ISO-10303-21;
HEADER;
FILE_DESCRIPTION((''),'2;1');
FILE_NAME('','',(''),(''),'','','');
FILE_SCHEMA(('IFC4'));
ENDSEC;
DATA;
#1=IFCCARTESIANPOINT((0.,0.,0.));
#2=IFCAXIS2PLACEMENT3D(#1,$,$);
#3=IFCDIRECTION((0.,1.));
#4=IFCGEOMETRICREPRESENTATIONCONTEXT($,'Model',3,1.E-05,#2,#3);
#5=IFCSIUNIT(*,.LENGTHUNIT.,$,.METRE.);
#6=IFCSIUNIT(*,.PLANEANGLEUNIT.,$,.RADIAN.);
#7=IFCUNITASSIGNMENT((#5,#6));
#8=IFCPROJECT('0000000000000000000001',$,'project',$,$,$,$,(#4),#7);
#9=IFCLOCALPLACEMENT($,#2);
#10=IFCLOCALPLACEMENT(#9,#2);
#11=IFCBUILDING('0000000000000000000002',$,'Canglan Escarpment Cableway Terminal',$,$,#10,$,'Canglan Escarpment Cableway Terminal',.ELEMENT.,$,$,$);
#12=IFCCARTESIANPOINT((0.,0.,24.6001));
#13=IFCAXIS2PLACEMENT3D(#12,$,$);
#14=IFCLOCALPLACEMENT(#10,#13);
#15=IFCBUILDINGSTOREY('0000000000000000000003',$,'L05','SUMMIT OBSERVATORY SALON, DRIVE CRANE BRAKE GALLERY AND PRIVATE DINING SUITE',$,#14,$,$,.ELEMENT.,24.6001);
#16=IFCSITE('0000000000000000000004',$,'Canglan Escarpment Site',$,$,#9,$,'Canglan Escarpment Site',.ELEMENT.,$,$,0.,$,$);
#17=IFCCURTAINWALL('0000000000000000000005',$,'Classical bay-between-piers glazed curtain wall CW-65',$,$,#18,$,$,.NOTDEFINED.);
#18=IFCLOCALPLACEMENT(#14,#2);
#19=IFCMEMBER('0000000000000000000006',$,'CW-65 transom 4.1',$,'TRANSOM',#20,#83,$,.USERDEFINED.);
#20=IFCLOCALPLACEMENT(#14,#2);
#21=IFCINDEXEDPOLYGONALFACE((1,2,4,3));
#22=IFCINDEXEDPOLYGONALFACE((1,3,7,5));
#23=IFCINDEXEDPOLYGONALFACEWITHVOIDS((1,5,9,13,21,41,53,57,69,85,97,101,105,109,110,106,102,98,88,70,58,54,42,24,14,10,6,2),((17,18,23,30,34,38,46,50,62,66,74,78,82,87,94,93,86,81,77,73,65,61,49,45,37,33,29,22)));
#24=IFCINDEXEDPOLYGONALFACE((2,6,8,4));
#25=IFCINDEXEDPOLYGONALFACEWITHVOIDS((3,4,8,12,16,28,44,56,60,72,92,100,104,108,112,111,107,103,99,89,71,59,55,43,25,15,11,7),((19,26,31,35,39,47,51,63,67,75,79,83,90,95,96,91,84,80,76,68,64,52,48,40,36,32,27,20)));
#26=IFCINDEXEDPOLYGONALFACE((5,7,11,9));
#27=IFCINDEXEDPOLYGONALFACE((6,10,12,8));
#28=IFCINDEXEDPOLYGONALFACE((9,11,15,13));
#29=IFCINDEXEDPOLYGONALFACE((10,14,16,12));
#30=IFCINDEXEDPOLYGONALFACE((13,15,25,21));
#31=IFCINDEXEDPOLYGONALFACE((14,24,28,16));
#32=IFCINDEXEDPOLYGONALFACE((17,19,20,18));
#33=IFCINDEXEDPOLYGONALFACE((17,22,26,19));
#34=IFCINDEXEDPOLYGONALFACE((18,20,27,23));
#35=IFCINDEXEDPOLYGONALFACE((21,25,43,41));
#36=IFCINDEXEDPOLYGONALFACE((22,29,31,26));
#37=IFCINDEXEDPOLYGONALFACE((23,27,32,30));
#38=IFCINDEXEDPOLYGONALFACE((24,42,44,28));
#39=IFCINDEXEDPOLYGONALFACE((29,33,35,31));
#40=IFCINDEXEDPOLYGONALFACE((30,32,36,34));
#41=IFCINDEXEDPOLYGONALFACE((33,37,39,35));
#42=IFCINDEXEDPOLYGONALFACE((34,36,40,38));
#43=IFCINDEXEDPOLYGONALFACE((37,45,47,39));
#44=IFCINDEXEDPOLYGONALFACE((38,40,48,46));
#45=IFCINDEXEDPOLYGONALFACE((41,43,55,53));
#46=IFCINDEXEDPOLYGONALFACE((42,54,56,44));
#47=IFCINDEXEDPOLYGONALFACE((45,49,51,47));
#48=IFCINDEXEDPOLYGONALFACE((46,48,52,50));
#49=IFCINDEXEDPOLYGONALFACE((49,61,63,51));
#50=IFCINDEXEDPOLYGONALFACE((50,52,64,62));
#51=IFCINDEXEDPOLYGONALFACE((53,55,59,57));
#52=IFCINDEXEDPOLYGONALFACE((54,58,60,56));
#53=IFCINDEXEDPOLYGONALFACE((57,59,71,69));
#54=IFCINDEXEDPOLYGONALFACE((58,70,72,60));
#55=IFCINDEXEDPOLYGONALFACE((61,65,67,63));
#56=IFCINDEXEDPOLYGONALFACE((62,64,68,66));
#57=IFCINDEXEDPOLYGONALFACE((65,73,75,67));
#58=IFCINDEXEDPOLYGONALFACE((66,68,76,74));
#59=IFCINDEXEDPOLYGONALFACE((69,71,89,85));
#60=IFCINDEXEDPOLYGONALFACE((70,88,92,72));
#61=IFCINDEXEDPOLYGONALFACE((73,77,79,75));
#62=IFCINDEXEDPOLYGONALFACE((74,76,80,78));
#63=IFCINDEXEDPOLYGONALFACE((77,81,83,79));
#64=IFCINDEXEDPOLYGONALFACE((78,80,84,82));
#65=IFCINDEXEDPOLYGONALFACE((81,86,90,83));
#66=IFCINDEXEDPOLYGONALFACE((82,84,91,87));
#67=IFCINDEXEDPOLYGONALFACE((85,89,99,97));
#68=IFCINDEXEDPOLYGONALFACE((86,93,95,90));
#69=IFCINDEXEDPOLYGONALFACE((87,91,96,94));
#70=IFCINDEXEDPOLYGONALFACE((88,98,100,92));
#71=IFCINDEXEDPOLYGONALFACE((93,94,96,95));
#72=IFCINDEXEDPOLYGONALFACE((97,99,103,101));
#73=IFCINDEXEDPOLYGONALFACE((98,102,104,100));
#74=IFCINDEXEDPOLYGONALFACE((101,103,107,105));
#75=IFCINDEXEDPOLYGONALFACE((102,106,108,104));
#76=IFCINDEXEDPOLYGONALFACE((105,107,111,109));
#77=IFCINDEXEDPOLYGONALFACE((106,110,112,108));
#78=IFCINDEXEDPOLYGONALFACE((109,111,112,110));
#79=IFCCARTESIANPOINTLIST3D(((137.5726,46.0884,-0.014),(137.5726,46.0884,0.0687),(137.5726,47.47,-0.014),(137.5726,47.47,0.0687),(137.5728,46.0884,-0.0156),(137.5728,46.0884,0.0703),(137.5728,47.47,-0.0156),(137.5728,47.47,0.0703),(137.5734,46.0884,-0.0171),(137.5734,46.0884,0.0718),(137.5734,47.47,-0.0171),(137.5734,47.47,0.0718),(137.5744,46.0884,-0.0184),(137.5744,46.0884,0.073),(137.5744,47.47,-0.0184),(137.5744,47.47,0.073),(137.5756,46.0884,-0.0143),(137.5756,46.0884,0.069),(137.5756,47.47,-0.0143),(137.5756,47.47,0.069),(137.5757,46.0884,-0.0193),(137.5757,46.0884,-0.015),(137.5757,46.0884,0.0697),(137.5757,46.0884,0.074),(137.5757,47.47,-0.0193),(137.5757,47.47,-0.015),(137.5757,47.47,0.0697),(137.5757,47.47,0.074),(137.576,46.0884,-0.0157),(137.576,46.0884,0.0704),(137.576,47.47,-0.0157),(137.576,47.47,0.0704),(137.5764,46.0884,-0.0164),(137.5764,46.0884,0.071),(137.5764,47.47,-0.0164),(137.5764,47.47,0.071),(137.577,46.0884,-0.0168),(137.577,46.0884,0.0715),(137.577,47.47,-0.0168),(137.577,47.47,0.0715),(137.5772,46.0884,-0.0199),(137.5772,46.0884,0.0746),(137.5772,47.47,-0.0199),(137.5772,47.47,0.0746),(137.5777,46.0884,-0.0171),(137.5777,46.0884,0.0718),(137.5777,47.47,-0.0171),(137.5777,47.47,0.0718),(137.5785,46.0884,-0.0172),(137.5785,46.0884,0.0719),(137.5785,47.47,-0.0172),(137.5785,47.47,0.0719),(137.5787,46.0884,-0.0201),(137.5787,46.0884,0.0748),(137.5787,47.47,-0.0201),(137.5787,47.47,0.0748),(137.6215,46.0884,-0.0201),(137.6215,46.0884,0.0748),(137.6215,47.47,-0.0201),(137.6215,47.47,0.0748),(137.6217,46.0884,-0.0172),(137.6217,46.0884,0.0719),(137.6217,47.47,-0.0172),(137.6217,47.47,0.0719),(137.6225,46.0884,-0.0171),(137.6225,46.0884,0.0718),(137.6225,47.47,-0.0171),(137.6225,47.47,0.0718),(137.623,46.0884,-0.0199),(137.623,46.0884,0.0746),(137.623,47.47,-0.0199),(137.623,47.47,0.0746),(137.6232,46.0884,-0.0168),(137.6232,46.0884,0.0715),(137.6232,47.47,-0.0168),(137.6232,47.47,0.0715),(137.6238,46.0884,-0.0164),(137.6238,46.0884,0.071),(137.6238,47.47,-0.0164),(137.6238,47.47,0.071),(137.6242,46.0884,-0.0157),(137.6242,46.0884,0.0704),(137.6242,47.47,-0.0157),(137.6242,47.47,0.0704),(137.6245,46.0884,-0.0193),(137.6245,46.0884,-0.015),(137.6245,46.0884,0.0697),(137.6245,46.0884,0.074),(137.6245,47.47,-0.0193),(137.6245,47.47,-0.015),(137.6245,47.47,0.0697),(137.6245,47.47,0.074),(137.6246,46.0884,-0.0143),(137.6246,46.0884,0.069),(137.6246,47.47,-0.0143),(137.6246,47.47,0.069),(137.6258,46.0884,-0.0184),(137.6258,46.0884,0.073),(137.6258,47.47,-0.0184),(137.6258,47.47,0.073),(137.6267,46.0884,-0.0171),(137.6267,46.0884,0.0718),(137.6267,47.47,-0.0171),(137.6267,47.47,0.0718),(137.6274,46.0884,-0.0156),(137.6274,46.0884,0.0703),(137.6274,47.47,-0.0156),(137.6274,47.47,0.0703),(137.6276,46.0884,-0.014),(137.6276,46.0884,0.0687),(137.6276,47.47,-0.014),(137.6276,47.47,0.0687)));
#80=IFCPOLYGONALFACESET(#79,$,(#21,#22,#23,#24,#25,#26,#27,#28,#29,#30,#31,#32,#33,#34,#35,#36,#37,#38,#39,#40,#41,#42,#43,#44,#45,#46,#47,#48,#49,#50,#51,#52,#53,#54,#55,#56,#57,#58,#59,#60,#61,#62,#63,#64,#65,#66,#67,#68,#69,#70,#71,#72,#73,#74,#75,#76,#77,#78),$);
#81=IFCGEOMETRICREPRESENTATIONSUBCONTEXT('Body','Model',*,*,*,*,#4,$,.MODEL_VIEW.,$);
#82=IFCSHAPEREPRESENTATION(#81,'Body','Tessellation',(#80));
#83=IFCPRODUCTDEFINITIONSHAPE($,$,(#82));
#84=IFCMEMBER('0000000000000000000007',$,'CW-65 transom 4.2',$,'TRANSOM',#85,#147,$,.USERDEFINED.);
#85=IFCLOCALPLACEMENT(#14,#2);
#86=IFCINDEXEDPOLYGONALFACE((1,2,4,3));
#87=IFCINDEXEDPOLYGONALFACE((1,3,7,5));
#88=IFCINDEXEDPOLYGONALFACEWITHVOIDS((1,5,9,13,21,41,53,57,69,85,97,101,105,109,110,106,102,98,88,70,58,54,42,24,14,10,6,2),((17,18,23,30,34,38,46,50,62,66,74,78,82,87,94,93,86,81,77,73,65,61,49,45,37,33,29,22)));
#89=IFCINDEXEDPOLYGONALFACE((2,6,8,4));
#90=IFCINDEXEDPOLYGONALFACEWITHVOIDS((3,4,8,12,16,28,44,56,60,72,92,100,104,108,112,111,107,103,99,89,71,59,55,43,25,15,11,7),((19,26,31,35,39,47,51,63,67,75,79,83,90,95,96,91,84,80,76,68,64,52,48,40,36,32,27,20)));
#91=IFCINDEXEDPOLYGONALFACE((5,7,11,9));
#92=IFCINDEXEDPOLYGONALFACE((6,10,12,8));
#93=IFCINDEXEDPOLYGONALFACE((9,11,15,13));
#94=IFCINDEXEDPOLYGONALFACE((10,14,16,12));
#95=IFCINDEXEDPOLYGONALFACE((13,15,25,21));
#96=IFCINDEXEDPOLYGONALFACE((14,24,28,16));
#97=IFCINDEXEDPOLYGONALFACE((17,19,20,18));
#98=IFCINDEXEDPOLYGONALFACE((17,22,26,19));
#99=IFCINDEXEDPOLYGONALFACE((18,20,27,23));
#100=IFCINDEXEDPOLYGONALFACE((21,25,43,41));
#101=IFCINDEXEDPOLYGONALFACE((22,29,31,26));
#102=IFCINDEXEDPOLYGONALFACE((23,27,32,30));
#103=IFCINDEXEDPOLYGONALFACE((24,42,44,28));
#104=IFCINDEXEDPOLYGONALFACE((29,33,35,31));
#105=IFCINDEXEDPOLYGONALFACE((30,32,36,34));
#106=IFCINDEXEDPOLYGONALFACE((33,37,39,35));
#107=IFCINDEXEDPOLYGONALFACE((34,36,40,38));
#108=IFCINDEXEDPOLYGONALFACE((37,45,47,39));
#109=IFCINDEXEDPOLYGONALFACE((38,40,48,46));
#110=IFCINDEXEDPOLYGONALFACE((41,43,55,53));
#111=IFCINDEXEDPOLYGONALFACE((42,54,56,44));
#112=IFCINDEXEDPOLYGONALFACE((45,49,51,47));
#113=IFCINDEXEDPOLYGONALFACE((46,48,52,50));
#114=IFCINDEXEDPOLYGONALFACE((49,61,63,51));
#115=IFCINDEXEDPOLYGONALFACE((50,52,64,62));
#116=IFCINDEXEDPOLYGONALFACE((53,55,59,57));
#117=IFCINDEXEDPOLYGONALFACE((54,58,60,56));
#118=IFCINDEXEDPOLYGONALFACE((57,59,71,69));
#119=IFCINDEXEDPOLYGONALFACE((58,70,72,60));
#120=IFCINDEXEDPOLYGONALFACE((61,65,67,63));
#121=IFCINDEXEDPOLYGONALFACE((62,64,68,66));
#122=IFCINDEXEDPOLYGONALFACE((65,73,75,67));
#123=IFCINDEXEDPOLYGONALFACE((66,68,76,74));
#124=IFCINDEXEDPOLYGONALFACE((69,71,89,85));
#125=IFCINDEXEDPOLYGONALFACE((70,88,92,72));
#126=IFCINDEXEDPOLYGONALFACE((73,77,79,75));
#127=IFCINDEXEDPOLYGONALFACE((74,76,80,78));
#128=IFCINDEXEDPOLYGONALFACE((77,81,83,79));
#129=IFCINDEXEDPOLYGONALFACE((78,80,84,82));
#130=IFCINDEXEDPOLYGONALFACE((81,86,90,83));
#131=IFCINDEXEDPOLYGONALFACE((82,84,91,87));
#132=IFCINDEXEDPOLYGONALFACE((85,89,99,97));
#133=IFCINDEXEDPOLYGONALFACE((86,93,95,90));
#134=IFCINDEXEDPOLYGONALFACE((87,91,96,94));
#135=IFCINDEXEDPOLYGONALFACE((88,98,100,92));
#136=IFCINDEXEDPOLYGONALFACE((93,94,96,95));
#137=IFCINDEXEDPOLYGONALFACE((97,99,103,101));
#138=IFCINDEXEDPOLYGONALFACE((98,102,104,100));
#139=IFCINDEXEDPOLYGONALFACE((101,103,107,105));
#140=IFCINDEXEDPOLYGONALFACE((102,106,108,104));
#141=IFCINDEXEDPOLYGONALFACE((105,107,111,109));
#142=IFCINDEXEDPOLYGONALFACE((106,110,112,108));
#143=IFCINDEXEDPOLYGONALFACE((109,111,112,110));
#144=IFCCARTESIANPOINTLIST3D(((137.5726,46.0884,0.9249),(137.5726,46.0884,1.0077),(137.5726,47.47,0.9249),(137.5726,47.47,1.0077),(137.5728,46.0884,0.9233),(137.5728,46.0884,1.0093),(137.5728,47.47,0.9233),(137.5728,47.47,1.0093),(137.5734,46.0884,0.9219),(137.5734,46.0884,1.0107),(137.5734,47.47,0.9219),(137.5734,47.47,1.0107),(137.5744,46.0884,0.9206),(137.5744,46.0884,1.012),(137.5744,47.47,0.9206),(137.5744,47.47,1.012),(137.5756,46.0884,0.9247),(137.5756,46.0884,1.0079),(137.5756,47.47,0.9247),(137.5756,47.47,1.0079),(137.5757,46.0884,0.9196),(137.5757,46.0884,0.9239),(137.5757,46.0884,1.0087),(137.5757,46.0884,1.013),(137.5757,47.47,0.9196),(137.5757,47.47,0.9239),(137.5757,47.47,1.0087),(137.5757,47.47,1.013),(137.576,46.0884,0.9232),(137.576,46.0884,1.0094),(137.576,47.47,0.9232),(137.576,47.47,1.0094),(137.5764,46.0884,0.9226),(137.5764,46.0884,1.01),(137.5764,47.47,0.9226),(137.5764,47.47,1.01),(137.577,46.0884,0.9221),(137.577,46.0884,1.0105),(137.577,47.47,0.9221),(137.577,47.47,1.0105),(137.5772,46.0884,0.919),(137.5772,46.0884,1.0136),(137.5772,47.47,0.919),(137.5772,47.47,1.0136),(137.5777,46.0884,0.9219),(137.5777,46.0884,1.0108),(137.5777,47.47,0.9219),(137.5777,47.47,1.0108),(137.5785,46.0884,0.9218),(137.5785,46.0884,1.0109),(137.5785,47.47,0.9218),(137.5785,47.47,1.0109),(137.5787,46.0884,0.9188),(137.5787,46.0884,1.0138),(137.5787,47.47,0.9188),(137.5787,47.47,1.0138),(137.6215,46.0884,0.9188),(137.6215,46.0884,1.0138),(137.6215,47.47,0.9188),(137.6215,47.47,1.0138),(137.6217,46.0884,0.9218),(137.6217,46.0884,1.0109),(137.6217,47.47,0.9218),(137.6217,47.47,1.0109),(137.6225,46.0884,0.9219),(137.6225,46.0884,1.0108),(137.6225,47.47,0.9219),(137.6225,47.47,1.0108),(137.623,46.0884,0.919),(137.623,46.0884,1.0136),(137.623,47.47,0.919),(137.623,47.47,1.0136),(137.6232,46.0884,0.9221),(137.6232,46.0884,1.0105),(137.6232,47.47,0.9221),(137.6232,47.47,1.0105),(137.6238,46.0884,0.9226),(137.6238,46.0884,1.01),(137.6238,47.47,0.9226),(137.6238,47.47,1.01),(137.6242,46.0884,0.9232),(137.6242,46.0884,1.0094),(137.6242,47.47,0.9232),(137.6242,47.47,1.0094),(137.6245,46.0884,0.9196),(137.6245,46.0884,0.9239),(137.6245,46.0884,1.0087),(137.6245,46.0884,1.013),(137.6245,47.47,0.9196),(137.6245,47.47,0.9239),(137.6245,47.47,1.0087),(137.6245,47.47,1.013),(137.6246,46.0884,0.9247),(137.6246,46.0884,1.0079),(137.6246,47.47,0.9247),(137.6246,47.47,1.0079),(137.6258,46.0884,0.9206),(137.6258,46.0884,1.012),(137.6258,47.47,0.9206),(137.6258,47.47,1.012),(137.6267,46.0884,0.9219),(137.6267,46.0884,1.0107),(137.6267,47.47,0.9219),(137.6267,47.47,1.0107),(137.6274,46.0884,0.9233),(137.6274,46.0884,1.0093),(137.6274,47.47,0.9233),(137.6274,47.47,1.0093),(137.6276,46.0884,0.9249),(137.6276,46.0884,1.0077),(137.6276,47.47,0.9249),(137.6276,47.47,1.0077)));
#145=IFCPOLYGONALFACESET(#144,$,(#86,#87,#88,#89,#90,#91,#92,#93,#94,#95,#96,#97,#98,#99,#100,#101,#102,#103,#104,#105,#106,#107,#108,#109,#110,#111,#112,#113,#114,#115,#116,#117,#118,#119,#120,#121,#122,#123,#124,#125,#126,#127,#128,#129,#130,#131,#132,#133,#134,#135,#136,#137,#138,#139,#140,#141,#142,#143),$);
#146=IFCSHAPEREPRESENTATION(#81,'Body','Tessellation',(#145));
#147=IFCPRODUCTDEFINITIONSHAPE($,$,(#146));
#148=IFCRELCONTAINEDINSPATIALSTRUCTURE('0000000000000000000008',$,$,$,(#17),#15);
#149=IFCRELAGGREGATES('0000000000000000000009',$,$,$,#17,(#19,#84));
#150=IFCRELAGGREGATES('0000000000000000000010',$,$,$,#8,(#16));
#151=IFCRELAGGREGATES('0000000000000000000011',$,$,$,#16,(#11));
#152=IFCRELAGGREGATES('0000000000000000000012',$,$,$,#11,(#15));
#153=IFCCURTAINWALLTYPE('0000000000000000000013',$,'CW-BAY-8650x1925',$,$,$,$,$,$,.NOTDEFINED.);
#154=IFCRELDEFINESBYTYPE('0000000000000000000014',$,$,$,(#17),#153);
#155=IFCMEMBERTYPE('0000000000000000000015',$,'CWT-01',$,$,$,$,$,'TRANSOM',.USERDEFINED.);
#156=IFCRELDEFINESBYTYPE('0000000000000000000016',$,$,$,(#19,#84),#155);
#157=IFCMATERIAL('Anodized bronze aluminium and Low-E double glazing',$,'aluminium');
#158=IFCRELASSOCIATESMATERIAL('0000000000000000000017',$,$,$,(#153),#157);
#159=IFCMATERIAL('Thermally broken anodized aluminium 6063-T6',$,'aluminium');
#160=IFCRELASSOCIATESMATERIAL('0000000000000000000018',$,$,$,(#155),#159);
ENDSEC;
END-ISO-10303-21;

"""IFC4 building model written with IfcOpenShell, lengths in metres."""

from ifc_helpers import new_model, si_unit, direction, frame, origin, origin_2d, place, context, subcontext, project, spatial, hollow_rectangle, extrude, material, material_profile, profile_set, type_object, element, aggregate, save


model = new_model("IFC4")

# Units and contexts
model_context = context("Model", 3, precision=1e-05, world=origin(), true_north=direction((0.0, 1.0)))
body_context = subcontext(model_context, "Body", "Model", "MODEL_VIEW")
ifc_project = project(units=[si_unit("LENGTHUNIT", "METRE"), si_unit("PLANEANGLEUNIT", "RADIAN")], contexts=[model_context])

# Site, building, storey
site_placement = place(None, origin())
site = spatial("IfcSite", under=ifc_project, at=site_placement, Name="Canglan Escarpment Site", LongName="Canglan Escarpment Site", CompositionType="ELEMENT", RefElevation=0.0)
building_placement = place(site_placement, origin())
building = spatial("IfcBuilding", under=site, at=building_placement, Name="Canglan Escarpment Cableway Terminal", LongName="Canglan Escarpment Cableway Terminal", CompositionType="ELEMENT")
storey_placement = place(building_placement, frame((0.0, 0.0, 24.6001)))
storey = spatial("IfcBuildingStorey", under=building, at=storey_placement, Name="L05", Description="SUMMIT OBSERVATORY SALON, DRIVE CRANE BRAKE GALLERY AND PRIVATE DINING SUITE", CompositionType="ELEMENT", Elevation=24.6001)

# Curtain wall
ifc_material_1 = material(Name="Anodized bronze aluminium and Low-E double glazing", Category="aluminium")
curtain_wall_type_1 = type_object("IfcCurtainWallType", Name="CW-BAY-8650x1925", PredefinedType="NOTDEFINED", material=ifc_material_1)
curtain_wall_1_placement = place(storey_placement, origin())
curtain_wall_1 = element("IfcCurtainWall", 1, at=curtain_wall_1_placement, inside=storey, type_object=curtain_wall_type_1, Name="Classical bay-between-piers glazed curtain wall CW-65", PredefinedType="NOTDEFINED")
ifc_material_2 = material(Name="Thermally broken anodized aluminium 6063-T6", Category="aluminium")

# Members
ifc_material_profile_1 = material_profile(ifc_material_2, hollow_rectangle(XDim=0.0549, YDim=0.095, WallThickness=0.0029, InnerFilletRadius=0.0029, OuterFilletRadius=0.0061, at=origin_2d()), Name="ALU-TRAN 55x95x3")
ifc_profile_set_1 = profile_set([ifc_material_profile_1], Name="Thermally broken anodized aluminium 6063-T6")
member_type_1 = type_object("IfcMemberType", Name="CWT-01", ElementType="TRANSOM", PredefinedType="USERDEFINED", material=ifc_profile_set_1)
member_1_placement = place(storey_placement, frame((137.6001, 47.47, 0.0273), z_axis=(0.0, -1.0, 0.0), x_axis=(1.0, 0.0, 0.0)))
member_1 = element("IfcMember", 2, at=member_1_placement, type_object=member_type_1, Name="CW-65 transom 4.1", ObjectType="TRANSOM", PredefinedType="USERDEFINED", context=body_context, shape_type="SweptSolid", body=[
    extrude(hollow_rectangle(XDim=0.0549, YDim=0.095, WallThickness=0.0029, InnerFilletRadius=0.0029, OuterFilletRadius=0.0061, at=origin_2d()), origin(), (0.0, 0.0, 1.0), 1.3816),
])
member_2_placement = place(storey_placement, frame((137.6001, 47.47, 0.9663), z_axis=(0.0, -1.0, 0.0), x_axis=(1.0, 0.0, 0.0)))
member_2 = element("IfcMember", 3, at=member_2_placement, type_object=member_type_1, Name="CW-65 transom 4.2", ObjectType="TRANSOM", PredefinedType="USERDEFINED", context=body_context, shape_type="SweptSolid", body=[
    extrude(hollow_rectangle(XDim=0.0549, YDim=0.095, WallThickness=0.0029, InnerFilletRadius=0.0029, OuterFilletRadius=0.0061, at=origin_2d()), origin(), (0.0, 0.0, 1.0), 1.3816),
])

aggregate(curtain_wall_1, [member_1, member_2])

save(model, "model.ifc")
